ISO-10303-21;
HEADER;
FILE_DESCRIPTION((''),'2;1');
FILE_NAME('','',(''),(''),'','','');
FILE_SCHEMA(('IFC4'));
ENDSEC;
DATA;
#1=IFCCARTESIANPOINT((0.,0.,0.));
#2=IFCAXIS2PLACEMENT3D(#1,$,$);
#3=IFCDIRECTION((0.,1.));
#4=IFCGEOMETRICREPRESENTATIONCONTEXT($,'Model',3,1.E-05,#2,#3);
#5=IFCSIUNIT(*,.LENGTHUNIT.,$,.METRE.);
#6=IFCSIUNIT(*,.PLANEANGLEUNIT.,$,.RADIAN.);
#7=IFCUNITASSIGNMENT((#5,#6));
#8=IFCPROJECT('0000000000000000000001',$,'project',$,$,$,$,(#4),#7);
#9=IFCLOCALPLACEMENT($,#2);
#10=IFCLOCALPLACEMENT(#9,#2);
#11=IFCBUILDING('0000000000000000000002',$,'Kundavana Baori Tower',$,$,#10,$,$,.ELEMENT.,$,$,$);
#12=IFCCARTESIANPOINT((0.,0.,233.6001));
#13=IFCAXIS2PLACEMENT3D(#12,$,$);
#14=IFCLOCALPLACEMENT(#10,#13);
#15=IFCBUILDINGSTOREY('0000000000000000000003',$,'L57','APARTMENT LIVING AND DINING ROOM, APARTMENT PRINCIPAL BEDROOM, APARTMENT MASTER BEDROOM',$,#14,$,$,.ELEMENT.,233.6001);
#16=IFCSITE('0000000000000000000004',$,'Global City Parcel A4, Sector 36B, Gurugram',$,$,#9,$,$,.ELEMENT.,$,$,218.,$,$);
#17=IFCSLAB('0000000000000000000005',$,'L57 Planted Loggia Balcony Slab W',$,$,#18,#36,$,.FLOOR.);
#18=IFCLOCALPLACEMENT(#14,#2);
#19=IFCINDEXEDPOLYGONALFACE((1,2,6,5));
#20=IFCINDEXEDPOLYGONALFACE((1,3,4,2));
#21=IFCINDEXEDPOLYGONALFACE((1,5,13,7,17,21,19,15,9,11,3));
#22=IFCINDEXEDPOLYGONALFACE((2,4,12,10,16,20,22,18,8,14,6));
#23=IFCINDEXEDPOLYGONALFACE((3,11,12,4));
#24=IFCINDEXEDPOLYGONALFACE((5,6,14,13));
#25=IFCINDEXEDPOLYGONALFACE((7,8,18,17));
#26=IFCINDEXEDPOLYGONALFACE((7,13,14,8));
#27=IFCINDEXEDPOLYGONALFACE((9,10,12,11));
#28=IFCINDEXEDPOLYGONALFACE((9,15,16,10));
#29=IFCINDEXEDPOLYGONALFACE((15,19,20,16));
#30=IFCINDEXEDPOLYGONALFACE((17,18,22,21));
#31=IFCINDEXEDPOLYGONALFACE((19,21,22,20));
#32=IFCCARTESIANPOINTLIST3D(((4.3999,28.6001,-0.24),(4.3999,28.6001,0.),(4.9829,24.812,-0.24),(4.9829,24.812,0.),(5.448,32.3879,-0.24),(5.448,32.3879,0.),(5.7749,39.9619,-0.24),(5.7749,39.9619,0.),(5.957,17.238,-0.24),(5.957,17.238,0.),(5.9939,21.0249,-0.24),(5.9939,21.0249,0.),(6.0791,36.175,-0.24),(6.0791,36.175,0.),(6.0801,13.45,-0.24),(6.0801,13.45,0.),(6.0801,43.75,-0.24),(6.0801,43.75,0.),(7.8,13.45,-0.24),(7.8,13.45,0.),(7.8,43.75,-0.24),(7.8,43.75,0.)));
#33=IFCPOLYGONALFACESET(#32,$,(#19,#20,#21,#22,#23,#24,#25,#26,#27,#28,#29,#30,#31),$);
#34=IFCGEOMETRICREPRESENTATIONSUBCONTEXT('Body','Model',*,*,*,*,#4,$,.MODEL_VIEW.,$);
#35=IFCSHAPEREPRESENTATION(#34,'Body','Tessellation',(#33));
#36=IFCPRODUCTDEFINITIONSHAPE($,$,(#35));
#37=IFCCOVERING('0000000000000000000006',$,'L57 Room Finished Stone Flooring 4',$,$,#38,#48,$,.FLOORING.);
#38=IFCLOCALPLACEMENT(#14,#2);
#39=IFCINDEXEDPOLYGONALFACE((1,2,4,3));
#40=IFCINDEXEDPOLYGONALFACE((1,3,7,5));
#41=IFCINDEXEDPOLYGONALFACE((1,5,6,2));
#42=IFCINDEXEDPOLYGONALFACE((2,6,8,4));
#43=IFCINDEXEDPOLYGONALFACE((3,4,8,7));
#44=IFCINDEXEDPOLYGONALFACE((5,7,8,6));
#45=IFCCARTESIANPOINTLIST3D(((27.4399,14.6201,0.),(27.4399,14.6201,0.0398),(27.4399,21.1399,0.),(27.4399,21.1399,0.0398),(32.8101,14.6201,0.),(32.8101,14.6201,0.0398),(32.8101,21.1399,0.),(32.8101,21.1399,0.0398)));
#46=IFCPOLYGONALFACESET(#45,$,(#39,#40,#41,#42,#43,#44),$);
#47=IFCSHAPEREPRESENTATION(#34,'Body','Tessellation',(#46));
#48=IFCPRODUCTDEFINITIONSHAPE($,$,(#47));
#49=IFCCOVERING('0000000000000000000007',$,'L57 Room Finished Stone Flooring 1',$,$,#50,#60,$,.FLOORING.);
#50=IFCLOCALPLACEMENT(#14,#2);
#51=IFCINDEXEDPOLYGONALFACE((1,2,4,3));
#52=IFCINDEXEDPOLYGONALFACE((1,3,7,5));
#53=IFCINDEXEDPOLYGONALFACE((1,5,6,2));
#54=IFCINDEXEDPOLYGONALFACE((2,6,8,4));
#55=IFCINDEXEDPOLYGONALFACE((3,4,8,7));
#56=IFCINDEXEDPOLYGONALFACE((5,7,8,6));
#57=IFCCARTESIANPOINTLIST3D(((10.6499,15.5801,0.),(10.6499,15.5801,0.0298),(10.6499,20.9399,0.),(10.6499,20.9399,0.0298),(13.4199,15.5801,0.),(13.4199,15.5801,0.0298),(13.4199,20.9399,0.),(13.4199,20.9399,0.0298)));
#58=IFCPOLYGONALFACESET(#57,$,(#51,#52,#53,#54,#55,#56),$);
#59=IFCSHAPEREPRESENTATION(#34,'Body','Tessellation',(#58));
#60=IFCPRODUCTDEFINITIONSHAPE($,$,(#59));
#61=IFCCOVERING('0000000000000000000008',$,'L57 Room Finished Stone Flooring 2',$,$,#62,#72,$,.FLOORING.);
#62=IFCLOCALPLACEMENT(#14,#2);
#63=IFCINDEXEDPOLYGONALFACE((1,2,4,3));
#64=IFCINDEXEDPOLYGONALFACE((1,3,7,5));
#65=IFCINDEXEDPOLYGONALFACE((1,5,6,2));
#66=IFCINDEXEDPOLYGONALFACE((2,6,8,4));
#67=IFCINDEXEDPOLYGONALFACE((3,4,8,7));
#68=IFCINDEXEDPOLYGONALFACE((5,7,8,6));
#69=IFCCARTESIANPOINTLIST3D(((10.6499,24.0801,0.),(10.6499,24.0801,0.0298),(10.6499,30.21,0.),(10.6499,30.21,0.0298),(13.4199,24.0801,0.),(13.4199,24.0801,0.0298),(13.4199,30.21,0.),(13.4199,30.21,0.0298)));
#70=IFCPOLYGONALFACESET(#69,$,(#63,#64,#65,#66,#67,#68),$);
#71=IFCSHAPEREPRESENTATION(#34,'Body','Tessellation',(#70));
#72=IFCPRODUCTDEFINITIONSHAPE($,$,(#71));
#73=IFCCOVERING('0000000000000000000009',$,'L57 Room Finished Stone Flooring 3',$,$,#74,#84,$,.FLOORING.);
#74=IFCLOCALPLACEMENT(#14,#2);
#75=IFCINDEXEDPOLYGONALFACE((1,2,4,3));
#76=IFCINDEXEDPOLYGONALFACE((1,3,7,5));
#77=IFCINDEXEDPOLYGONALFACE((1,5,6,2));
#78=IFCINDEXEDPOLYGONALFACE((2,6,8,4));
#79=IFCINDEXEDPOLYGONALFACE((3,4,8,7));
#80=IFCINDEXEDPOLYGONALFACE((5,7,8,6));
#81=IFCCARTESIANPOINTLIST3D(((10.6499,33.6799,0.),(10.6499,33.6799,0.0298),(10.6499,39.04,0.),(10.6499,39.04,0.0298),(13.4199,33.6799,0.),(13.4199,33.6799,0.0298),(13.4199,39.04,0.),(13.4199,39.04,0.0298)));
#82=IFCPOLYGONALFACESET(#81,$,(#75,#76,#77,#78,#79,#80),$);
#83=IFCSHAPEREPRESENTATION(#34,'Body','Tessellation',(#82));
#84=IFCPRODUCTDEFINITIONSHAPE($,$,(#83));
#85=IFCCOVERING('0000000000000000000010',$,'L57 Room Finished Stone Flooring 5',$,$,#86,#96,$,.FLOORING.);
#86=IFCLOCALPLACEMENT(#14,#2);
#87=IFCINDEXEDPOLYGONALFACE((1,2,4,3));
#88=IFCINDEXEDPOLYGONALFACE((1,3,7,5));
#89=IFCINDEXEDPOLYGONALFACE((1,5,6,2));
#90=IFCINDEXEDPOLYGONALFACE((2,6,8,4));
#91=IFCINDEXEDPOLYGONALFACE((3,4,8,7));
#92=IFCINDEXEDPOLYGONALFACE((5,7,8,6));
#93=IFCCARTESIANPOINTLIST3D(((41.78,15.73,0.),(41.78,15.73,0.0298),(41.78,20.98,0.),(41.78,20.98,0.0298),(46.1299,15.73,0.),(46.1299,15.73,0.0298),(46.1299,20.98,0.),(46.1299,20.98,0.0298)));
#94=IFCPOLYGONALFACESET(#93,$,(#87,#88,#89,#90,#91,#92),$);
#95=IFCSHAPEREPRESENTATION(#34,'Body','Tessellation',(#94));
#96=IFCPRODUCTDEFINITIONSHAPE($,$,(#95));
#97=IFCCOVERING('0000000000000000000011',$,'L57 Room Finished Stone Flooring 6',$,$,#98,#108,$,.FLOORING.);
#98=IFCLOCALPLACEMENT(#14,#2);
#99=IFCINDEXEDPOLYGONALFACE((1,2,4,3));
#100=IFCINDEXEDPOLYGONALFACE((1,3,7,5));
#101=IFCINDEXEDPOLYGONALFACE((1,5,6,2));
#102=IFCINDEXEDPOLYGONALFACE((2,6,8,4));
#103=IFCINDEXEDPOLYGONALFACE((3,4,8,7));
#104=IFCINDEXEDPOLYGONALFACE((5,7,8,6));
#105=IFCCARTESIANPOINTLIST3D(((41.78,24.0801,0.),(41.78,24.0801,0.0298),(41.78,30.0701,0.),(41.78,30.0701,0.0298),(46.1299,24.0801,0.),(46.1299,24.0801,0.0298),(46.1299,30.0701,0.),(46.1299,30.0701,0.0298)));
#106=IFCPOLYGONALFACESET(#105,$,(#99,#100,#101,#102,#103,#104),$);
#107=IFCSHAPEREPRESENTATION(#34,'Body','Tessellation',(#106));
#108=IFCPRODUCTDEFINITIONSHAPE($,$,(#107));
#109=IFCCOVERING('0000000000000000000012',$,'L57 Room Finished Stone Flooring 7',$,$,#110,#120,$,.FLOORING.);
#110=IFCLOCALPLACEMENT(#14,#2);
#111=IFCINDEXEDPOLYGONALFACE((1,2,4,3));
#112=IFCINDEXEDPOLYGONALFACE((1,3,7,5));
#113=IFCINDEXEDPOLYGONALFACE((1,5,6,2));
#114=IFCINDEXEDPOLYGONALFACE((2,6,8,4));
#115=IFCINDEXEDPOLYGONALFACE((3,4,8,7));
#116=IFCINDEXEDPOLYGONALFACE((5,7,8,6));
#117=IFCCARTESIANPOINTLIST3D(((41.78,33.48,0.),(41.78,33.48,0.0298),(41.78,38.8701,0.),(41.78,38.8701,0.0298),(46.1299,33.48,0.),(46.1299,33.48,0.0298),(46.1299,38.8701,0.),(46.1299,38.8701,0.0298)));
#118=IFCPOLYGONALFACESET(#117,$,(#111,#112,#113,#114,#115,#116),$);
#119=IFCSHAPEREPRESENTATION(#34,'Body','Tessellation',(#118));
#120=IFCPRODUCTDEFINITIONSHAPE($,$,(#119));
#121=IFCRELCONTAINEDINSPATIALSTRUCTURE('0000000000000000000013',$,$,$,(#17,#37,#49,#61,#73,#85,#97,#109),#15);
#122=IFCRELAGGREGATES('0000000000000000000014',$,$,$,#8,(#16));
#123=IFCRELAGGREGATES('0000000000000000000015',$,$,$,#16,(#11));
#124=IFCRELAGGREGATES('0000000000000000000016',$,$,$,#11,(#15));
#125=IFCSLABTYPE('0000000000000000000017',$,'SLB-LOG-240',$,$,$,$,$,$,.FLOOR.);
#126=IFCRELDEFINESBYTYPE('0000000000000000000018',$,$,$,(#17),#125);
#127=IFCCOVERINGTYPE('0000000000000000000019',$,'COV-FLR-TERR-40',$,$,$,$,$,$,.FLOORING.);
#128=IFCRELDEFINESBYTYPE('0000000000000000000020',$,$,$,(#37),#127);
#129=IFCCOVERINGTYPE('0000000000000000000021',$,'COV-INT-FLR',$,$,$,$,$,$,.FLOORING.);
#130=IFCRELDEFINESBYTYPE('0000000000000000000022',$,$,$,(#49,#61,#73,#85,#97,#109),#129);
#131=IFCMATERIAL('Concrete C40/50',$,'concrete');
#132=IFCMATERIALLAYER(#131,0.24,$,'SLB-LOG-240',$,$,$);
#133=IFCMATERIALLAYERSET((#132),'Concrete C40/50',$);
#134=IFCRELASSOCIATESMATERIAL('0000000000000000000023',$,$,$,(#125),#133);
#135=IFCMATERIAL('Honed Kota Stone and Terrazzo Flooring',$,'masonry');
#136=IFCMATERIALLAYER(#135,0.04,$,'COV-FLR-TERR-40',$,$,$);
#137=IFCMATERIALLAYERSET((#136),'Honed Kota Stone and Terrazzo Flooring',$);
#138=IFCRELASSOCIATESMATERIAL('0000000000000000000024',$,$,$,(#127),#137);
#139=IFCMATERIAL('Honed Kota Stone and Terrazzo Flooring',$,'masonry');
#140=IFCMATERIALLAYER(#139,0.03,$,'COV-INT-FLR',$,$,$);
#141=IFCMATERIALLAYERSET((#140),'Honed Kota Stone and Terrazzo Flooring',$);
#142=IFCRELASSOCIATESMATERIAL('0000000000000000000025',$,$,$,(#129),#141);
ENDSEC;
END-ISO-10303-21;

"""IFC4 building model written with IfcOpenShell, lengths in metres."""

from ifc_helpers import new_model, si_unit, direction, frame, origin, place, context, subcontext, project, spatial, polyline, outline, extrude, material, layer, layer_set, type_object, element, save


model = new_model("IFC4")

# Units and contexts
model_context = context("Model", 3, precision=1e-05, world=origin(), true_north=direction((0.0, 1.0)))
body_context = subcontext(model_context, "Body", "Model", "MODEL_VIEW")
ifc_project = project(units=[si_unit("LENGTHUNIT", "METRE"), si_unit("PLANEANGLEUNIT", "RADIAN")], contexts=[model_context])

# Site, building, storey
site_placement = place(None, origin())
site = spatial("IfcSite", under=ifc_project, at=site_placement, Name="Global City Parcel A4, Sector 36B, Gurugram", CompositionType="ELEMENT", RefElevation=218.0)
building_placement = place(site_placement, origin())
building = spatial("IfcBuilding", under=site, at=building_placement, Name="Kundavana Baori Tower", CompositionType="ELEMENT")
storey_placement = place(building_placement, frame((0.0, 0.0, 233.6001)))
storey = spatial("IfcBuildingStorey", under=building, at=storey_placement, Name="L57", Description="APARTMENT LIVING AND DINING ROOM, APARTMENT PRINCIPAL BEDROOM, APARTMENT MASTER BEDROOM", CompositionType="ELEMENT", Elevation=233.6001)

# Slab
ifc_material_1 = material(Name="Concrete C40/50", Category="concrete")
ifc_layer_1 = layer(ifc_material_1, 0.24, Name="SLB-LOG-240")
ifc_layer_set_1 = layer_set([ifc_layer_1], Name="Concrete C40/50")
slab_type_1 = type_object("IfcSlabType", Name="SLB-LOG-240", PredefinedType="FLOOR", material=ifc_layer_set_1)
slab_1_placement = place(storey_placement, frame((0.0, 0.0, -0.24)))
element("IfcSlab", 1, at=slab_1_placement, inside=storey, type_object=slab_type_1, Name="L57 Planted Loggia Balcony Slab W", PredefinedType="FLOOR", context=body_context, shape_type="SweptSolid", body=[
    extrude(outline(polyline([(7.8, 43.75), (7.8, 13.45), (6.0801, 13.45), (5.957, 17.238), (5.9939, 21.0249), (4.9829, 24.812), (4.3999, 28.6001), (5.448, 32.3879), (6.0791, 36.175), (5.7749, 39.9619), (6.0801, 43.75), (7.8, 43.75)])), origin(), (0.0, 0.0, 1.0), 0.24),
])

# Coverings
ifc_material_2 = material(Name="Honed Kota Stone and Terrazzo Flooring", Category="masonry")
ifc_layer_2 = layer(ifc_material_2, 0.04, Name="COV-FLR-TERR-40")
ifc_layer_set_2 = layer_set([ifc_layer_2], Name="Honed Kota Stone and Terrazzo Flooring")
covering_type_1 = type_object("IfcCoveringType", Name="COV-FLR-TERR-40", PredefinedType="FLOORING", material=ifc_layer_set_2)
covering_1_placement = place(storey_placement, origin())
element("IfcCovering", 2, at=covering_1_placement, inside=storey, type_object=covering_type_1, Name="L57 Room Finished Stone Flooring 4", PredefinedType="FLOORING", context=body_context, shape_type="SweptSolid", body=[
    extrude(outline(polyline([(27.4399, 14.6201), (32.8101, 14.6201), (32.8101, 21.1399), (27.4399, 21.1399), (27.4399, 14.6201)])), origin(), (0.0, 0.0, 1.0), 0.0398),
])
ifc_material_3 = material(Name="Honed Kota Stone and Terrazzo Flooring", Category="masonry")
ifc_layer_3 = layer(ifc_material_3, 0.03, Name="COV-INT-FLR")
ifc_layer_set_3 = layer_set([ifc_layer_3], Name="Honed Kota Stone and Terrazzo Flooring")
covering_type_2 = type_object("IfcCoveringType", Name="COV-INT-FLR", PredefinedType="FLOORING", material=ifc_layer_set_3)
covering_2_placement = place(storey_placement, origin())
element("IfcCovering", 3, at=covering_2_placement, inside=storey, type_object=covering_type_2, Name="L57 Room Finished Stone Flooring 1", PredefinedType="FLOORING", context=body_context, shape_type="SweptSolid", body=[
    extrude(outline(polyline([(10.6499, 15.5801), (13.4199, 15.5801), (13.4199, 20.9399), (10.6499, 20.9399), (10.6499, 15.5801)])), origin(), (0.0, 0.0, 1.0), 0.0298),
])
covering_3_placement = place(storey_placement, origin())
element("IfcCovering", 4, at=covering_3_placement, inside=storey, type_object=covering_type_2, Name="L57 Room Finished Stone Flooring 2", PredefinedType="FLOORING", context=body_context, shape_type="SweptSolid", body=[
    extrude(outline(polyline([(10.6499, 24.0801), (13.4199, 24.0801), (13.4199, 30.21), (10.6499, 30.21), (10.6499, 24.0801)])), origin(), (0.0, 0.0, 1.0), 0.0298),
])
covering_4_placement = place(storey_placement, origin())
element("IfcCovering", 5, at=covering_4_placement, inside=storey, type_object=covering_type_2, Name="L57 Room Finished Stone Flooring 3", PredefinedType="FLOORING", context=body_context, shape_type="SweptSolid", body=[
    extrude(outline(polyline([(10.6499, 33.6799), (13.4199, 33.6799), (13.4199, 39.04), (10.6499, 39.04), (10.6499, 33.6799)])), origin(), (0.0, 0.0, 1.0), 0.0298),
])
covering_5_placement = place(storey_placement, origin())
element("IfcCovering", 6, at=covering_5_placement, inside=storey, type_object=covering_type_2, Name="L57 Room Finished Stone Flooring 5", PredefinedType="FLOORING", context=body_context, shape_type="SweptSolid", body=[
    extrude(outline(polyline([(41.78, 15.73), (46.1299, 15.73), (46.1299, 20.98), (41.78, 20.98), (41.78, 15.73)])), origin(), (0.0, 0.0, 1.0), 0.0298),
])
covering_6_placement = place(storey_placement, origin())
element("IfcCovering", 7, at=covering_6_placement, inside=storey, type_object=covering_type_2, Name="L57 Room Finished Stone Flooring 6", PredefinedType="FLOORING", context=body_context, shape_type="SweptSolid", body=[
    extrude(outline(polyline([(41.78, 24.0801), (46.1299, 24.0801), (46.1299, 30.0701), (41.78, 30.0701), (41.78, 24.0801)])), origin(), (0.0, 0.0, 1.0), 0.0298),
])
covering_7_placement = place(storey_placement, origin())
element("IfcCovering", 8, at=covering_7_placement, inside=storey, type_object=covering_type_2, Name="L57 Room Finished Stone Flooring 7", PredefinedType="FLOORING", context=body_context, shape_type="SweptSolid", body=[
    extrude(outline(polyline([(41.78, 33.48), (46.1299, 33.48), (46.1299, 38.8701), (41.78, 38.8701), (41.78, 33.48)])), origin(), (0.0, 0.0, 1.0), 0.0298),
])

save(model, "model.ifc")
